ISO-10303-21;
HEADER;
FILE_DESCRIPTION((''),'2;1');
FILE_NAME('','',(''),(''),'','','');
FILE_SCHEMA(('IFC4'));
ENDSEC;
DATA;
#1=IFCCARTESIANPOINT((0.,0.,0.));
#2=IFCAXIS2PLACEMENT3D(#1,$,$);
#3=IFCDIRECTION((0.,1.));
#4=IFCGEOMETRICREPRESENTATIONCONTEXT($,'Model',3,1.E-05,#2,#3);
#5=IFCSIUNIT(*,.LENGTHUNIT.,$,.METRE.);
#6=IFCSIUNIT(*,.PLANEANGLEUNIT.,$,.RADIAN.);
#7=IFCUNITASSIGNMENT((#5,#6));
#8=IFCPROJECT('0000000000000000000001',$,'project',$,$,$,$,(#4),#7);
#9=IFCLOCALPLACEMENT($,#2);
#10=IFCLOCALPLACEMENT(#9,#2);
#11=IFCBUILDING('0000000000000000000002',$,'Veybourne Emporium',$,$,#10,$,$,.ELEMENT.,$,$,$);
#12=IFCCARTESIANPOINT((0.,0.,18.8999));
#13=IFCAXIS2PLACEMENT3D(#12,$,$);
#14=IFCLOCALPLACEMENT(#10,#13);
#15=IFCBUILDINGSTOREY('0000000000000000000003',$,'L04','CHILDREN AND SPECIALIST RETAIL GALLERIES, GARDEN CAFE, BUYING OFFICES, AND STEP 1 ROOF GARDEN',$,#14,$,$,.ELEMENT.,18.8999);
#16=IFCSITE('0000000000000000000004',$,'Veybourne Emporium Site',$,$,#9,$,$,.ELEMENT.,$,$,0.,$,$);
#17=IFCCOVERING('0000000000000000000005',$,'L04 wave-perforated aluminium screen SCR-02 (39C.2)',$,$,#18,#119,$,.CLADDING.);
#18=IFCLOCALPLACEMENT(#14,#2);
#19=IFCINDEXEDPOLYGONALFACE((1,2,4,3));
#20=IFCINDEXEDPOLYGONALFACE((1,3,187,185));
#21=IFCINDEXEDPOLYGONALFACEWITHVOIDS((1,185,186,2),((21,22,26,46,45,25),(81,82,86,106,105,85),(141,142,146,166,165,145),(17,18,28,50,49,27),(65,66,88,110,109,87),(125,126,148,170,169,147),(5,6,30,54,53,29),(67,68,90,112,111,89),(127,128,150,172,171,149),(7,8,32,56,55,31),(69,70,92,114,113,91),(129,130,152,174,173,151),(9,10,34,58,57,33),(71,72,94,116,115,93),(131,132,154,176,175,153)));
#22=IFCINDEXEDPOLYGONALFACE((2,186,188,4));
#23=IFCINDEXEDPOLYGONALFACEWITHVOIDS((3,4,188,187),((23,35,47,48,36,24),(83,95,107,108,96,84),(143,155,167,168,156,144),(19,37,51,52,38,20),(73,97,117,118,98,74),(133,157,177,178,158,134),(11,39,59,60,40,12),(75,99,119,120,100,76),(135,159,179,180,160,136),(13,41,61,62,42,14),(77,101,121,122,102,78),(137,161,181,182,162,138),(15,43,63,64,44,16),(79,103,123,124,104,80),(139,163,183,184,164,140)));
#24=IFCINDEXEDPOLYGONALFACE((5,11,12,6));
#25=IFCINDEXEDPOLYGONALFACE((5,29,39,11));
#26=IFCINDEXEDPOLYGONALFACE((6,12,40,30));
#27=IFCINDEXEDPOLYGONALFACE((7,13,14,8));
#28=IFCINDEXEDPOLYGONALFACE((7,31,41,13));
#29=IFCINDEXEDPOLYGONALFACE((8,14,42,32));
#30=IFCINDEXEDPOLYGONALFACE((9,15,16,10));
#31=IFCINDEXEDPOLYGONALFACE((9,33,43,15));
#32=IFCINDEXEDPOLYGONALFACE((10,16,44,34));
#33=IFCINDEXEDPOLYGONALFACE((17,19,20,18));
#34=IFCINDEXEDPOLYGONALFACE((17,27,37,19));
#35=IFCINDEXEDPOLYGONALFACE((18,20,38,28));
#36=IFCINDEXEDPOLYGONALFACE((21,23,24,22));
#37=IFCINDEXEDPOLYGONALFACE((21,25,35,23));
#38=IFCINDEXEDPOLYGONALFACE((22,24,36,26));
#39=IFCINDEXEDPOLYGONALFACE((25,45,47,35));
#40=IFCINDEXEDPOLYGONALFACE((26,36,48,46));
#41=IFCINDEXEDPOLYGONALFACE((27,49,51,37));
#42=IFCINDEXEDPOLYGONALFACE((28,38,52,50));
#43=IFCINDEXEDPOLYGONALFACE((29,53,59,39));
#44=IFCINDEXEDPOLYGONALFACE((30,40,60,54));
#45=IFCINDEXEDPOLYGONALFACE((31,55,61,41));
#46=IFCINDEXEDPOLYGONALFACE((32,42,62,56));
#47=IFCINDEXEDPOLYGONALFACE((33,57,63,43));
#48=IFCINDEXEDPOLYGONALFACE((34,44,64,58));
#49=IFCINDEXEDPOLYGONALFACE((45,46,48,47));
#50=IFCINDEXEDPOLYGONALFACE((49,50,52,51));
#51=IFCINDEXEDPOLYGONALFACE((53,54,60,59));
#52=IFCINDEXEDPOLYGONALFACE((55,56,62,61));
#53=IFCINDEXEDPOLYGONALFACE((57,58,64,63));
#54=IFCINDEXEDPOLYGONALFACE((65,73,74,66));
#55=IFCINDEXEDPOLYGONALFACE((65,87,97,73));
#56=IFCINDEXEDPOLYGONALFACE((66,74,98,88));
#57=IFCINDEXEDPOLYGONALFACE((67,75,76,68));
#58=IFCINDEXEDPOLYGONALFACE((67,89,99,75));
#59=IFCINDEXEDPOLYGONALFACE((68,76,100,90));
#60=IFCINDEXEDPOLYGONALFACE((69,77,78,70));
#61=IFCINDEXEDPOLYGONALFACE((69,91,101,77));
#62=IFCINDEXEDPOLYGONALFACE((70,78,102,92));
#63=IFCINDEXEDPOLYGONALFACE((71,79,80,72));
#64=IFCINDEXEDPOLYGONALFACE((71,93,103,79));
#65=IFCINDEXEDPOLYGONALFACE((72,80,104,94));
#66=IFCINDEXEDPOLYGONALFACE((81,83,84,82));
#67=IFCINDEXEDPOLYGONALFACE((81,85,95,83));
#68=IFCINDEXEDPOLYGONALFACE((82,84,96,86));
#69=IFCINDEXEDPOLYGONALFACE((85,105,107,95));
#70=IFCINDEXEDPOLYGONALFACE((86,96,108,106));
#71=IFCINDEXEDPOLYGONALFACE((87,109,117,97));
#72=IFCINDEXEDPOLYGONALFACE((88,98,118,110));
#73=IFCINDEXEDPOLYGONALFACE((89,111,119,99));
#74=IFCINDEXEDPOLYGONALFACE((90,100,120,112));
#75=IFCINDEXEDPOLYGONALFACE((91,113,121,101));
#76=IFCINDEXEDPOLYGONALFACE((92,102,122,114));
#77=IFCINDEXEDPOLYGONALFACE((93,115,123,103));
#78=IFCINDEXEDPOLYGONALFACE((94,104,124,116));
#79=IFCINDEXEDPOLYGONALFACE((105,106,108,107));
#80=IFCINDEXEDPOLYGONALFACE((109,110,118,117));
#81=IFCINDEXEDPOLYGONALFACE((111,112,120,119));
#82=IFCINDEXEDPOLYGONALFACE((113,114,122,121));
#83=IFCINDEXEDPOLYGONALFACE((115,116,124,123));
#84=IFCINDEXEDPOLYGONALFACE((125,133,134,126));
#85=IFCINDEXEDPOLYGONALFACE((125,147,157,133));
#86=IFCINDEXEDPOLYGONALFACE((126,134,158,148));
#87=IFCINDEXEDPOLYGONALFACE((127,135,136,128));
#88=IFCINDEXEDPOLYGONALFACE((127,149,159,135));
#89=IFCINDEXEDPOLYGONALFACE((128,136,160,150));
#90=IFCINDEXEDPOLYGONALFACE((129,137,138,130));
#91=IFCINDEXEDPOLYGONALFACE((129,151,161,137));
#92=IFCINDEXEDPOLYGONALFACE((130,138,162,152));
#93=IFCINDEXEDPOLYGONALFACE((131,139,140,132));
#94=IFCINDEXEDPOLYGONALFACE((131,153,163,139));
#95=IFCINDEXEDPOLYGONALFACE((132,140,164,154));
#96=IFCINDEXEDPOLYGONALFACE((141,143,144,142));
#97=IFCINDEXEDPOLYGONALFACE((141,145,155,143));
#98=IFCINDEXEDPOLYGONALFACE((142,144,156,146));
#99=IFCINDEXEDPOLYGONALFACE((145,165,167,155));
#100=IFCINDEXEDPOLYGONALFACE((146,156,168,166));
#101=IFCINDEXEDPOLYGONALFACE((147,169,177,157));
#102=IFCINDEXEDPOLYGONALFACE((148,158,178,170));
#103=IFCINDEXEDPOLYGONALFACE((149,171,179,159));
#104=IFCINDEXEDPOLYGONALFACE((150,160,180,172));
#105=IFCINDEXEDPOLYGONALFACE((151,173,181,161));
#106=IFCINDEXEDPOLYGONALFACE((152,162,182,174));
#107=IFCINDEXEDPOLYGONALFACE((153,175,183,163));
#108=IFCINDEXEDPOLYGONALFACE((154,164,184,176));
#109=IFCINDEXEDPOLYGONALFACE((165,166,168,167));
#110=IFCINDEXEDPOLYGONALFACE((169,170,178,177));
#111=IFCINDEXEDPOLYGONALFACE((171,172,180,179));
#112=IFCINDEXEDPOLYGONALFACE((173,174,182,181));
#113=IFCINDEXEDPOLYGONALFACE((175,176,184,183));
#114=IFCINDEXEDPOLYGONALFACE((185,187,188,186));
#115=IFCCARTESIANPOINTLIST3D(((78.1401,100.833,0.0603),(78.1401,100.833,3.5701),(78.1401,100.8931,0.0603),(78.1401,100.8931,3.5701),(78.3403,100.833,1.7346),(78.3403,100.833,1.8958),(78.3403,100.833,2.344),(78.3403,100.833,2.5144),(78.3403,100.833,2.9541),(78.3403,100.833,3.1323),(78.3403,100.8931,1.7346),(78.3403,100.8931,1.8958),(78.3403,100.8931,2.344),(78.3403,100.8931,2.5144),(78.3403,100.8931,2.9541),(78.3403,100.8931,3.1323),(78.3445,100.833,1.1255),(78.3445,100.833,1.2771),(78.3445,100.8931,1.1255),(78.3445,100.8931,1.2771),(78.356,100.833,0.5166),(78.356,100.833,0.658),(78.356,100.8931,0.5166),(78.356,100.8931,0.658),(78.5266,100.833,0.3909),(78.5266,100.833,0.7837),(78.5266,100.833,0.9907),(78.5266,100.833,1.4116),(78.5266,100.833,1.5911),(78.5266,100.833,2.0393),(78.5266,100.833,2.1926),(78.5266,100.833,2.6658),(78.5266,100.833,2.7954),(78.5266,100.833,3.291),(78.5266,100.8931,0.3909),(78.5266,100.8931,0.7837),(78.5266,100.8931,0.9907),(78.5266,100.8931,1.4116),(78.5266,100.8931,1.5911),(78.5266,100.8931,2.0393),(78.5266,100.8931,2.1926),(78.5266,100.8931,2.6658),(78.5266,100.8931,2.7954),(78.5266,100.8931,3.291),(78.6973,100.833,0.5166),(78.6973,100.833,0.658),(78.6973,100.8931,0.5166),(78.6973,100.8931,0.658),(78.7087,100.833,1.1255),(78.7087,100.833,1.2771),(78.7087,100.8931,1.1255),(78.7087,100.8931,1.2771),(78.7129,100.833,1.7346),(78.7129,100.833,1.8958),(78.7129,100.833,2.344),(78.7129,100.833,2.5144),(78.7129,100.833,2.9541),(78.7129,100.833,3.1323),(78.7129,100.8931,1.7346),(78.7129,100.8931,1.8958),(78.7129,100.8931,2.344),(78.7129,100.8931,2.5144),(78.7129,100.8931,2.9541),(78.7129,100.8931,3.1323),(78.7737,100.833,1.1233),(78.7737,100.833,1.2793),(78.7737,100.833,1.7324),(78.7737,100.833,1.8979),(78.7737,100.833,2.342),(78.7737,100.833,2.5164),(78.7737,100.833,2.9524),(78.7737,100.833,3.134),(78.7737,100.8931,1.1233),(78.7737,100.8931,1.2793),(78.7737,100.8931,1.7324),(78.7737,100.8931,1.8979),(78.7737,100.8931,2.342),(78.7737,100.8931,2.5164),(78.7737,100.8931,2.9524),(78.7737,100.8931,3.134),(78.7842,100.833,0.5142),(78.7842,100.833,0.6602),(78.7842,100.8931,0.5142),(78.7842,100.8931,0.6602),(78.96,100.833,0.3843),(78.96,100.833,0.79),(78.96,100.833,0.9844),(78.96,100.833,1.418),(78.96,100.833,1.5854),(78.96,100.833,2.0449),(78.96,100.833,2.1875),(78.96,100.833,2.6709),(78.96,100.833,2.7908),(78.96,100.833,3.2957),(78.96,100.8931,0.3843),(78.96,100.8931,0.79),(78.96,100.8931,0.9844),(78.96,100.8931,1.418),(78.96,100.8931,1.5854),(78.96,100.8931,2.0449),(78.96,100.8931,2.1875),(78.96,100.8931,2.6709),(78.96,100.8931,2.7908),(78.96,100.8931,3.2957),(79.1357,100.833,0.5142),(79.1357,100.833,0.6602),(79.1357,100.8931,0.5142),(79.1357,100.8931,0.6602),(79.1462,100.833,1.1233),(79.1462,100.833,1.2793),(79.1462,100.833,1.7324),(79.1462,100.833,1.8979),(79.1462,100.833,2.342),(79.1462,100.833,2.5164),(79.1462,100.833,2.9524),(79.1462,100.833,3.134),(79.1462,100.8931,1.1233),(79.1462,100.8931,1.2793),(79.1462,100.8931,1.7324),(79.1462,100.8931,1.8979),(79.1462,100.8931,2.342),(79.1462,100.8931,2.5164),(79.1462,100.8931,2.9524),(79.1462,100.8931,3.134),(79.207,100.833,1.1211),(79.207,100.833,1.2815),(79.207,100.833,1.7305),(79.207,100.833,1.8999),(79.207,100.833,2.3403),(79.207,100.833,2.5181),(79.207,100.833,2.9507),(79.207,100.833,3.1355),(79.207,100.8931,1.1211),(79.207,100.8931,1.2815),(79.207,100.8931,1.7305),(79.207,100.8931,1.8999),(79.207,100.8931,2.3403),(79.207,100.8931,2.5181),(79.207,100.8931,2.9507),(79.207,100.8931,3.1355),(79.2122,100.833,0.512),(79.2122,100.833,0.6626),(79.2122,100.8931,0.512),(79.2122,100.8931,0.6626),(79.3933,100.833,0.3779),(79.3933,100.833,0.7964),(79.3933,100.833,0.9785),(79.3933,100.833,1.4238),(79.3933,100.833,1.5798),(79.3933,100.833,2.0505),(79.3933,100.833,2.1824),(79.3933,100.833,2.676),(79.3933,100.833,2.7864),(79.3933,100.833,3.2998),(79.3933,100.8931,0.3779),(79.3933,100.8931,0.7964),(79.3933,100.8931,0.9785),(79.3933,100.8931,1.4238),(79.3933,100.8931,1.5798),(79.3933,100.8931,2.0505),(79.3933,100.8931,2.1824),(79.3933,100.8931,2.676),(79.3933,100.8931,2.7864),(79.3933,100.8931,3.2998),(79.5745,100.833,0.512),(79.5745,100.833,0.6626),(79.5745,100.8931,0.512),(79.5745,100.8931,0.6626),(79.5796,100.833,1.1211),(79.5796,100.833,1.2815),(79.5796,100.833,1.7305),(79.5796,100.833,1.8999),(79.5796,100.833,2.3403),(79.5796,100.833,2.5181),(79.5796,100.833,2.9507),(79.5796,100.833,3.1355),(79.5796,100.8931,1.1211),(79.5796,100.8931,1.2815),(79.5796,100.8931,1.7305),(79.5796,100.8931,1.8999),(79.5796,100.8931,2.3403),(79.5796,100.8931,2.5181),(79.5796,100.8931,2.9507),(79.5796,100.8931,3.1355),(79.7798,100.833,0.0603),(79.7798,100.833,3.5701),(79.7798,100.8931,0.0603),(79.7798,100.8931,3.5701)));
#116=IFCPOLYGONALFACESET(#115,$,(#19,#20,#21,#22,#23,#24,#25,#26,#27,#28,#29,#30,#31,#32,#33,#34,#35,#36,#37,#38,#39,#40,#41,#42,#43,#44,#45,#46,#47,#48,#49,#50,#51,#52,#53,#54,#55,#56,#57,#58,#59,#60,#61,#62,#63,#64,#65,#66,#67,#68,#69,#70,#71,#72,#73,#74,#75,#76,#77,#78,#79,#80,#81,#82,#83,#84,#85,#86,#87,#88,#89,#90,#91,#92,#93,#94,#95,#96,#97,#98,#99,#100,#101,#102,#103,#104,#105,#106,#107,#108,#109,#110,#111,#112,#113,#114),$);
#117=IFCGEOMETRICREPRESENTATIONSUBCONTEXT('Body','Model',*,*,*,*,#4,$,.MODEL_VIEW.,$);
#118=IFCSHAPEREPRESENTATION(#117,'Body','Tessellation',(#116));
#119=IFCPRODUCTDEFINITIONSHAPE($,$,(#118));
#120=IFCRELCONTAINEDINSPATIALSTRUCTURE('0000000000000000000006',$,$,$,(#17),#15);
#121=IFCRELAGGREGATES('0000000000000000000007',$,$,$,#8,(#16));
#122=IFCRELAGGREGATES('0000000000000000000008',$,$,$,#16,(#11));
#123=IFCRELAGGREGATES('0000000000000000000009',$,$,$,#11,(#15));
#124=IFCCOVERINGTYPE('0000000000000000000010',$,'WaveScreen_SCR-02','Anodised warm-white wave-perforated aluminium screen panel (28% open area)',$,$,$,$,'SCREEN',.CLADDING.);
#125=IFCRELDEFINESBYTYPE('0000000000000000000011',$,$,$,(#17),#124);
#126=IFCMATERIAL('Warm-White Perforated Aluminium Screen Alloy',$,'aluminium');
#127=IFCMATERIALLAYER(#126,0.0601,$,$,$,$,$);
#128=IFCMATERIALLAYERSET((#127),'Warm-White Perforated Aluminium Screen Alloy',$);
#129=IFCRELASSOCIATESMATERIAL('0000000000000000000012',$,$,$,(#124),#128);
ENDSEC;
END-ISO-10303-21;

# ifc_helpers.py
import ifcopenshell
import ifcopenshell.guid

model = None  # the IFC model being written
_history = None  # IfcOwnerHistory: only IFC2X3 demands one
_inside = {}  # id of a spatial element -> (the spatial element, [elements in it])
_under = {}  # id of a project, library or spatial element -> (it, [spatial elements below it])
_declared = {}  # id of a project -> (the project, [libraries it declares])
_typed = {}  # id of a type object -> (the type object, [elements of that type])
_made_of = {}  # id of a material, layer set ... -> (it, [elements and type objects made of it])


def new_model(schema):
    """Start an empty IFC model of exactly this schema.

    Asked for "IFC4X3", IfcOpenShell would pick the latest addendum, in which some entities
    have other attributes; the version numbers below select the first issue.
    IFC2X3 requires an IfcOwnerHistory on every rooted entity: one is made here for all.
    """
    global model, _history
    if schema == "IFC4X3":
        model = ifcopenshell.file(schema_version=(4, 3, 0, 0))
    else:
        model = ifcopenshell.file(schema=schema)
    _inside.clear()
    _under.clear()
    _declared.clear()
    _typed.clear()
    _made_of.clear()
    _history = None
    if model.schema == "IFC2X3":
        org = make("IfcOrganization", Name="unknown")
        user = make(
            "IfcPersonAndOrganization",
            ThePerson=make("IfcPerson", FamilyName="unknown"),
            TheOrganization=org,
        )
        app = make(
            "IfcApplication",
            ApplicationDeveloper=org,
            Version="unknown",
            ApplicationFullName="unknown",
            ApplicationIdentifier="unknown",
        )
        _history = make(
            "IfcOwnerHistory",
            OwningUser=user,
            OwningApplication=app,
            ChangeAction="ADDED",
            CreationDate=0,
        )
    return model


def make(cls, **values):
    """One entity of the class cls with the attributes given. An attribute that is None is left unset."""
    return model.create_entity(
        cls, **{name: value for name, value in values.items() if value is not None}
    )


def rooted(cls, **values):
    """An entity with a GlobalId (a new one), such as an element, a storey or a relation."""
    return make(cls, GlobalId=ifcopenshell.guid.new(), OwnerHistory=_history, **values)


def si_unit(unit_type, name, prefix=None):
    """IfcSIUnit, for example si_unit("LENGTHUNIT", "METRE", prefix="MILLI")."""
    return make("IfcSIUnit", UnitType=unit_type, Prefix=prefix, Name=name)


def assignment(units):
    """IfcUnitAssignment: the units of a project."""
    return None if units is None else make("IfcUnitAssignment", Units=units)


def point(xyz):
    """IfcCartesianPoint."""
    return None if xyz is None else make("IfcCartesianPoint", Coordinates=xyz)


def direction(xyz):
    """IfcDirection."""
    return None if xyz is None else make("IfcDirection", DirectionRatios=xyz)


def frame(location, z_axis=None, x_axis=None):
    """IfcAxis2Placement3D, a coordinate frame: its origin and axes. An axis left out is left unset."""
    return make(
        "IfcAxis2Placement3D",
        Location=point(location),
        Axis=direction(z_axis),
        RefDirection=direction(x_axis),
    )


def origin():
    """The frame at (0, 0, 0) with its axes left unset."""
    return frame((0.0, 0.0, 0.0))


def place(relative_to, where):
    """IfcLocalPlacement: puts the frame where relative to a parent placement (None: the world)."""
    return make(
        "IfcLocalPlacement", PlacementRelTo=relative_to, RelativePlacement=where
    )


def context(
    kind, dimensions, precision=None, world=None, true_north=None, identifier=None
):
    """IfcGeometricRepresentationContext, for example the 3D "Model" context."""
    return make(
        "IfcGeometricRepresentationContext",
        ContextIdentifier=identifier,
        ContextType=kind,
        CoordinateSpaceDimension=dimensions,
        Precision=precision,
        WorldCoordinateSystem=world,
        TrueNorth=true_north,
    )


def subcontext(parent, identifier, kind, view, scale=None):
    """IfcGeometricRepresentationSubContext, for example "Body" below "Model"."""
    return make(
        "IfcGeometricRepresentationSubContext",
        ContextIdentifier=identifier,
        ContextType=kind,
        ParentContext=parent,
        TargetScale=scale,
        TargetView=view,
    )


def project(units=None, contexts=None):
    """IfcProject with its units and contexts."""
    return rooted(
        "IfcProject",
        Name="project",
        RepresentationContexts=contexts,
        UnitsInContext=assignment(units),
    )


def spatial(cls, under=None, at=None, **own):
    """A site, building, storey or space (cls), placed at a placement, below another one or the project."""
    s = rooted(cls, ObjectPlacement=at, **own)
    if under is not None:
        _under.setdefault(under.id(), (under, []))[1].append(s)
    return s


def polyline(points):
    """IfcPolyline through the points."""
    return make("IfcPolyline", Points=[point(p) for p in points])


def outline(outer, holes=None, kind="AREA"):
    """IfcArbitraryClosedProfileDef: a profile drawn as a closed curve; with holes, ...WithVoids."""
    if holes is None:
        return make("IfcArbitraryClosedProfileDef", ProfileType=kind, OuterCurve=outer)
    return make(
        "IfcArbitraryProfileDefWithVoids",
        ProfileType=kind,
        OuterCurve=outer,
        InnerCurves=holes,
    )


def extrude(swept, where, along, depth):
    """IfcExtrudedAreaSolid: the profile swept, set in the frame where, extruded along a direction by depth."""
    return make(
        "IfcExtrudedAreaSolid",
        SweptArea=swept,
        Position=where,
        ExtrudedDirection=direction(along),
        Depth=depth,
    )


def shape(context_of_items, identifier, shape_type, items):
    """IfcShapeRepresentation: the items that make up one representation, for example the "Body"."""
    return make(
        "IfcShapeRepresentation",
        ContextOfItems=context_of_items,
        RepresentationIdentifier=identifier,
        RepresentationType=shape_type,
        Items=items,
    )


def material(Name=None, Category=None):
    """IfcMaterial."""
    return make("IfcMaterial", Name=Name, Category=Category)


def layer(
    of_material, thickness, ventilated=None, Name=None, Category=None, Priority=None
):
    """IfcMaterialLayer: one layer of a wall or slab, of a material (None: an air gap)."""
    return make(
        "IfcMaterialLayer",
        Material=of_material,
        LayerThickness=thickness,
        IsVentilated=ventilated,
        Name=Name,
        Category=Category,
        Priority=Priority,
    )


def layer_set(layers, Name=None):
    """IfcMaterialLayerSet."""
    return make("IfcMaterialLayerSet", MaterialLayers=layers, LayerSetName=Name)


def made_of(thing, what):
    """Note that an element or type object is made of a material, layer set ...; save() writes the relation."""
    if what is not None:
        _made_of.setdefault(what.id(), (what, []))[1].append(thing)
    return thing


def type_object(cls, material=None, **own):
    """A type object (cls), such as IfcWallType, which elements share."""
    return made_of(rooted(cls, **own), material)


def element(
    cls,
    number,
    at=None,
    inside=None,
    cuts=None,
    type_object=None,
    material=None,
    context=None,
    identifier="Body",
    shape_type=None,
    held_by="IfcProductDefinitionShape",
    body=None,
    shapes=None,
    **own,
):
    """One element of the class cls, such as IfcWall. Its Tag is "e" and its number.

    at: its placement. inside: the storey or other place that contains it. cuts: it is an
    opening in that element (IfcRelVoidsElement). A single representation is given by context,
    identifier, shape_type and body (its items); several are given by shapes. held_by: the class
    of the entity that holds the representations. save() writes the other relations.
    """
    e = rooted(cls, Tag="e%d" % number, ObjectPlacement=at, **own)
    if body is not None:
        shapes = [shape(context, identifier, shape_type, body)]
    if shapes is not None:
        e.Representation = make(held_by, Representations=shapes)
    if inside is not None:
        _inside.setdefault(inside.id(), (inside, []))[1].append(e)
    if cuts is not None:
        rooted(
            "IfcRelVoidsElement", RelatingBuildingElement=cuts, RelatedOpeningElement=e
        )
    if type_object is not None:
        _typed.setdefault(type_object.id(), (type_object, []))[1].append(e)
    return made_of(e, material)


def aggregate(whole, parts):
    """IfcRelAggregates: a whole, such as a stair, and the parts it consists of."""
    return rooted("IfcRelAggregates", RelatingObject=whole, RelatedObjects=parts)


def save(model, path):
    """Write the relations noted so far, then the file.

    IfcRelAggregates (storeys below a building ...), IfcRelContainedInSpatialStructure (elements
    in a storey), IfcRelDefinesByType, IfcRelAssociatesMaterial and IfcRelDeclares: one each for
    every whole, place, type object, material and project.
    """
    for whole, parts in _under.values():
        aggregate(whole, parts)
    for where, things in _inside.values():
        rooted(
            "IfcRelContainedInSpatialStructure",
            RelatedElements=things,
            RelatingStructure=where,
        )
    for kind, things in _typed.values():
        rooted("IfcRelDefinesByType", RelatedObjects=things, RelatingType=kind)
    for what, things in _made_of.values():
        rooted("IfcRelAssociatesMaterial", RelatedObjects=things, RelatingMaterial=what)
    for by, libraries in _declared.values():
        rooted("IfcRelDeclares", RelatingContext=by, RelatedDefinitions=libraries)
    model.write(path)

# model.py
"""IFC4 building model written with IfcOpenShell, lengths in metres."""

from ifc_helpers import new_model, si_unit, direction, frame, origin, place, context, subcontext, project, spatial, polyline, outline, extrude, material, layer, layer_set, type_object, element, save


model = new_model("IFC4")

# Units and contexts
model_context = context("Model", 3, precision=1e-05, world=origin(), true_north=direction((0.0, 1.0)))
body_context = subcontext(model_context, "Body", "Model", "MODEL_VIEW")
ifc_project = project(units=[si_unit("LENGTHUNIT", "METRE"), si_unit("PLANEANGLEUNIT", "RADIAN")], contexts=[model_context])

# Site, building, storey
site_placement = place(None, origin())
site = spatial("IfcSite", under=ifc_project, at=site_placement, Name="Veybourne Emporium Site", CompositionType="ELEMENT", RefElevation=0.0)
building_placement = place(site_placement, origin())
building = spatial("IfcBuilding", under=site, at=building_placement, Name="Veybourne Emporium", CompositionType="ELEMENT")
storey_placement = place(building_placement, frame((0.0, 0.0, 18.8999)))
storey = spatial("IfcBuildingStorey", under=building, at=storey_placement, Name="L04", Description="CHILDREN AND SPECIALIST RETAIL GALLERIES, GARDEN CAFE, BUYING OFFICES, AND STEP 1 ROOF GARDEN", CompositionType="ELEMENT", Elevation=18.8999)

# Covering
ifc_material_1 = material(Name="Warm-White Perforated Aluminium Screen Alloy", Category="aluminium")
ifc_layer_1 = layer(ifc_material_1, 0.0601)
ifc_layer_set_1 = layer_set([ifc_layer_1], Name="Warm-White Perforated Aluminium Screen Alloy")
covering_type_1 = type_object("IfcCoveringType", Name="WaveScreen_SCR-02", Description="Anodised warm-white wave-perforated aluminium screen panel (28% open area)", ElementType="SCREEN", PredefinedType="CLADDING", material=ifc_layer_set_1)
covering_1_placement = place(storey_placement, frame((78.96, 100.8931, 1.8152), z_axis=(0.0, -1.0, 0.0), x_axis=(1.0, 0.0, 0.0)))
element("IfcCovering", 1, at=covering_1_placement, inside=storey, type_object=covering_type_1, Name="L04 wave-perforated aluminium screen SCR-02 (39C.2)", PredefinedType="CLADDING", context=body_context, shape_type="SweptSolid", body=[
    extrude(outline(polyline([(-0.8198, -1.7549), (0.8198, -1.7549), (0.8198, 1.7549), (-0.8198, 1.7549), (-0.8198, -1.7549)]), holes=[polyline([(-0.4333, -1.0315), (-0.2627, -1.1572), (-0.2627, -1.2986), (-0.4333, -1.4243), (-0.604, -1.2986), (-0.604, -1.1572), (-0.4333, -1.0315)]), polyline([(-0.4333, -0.4036), (-0.2512, -0.5381), (-0.2512, -0.6897), (-0.4333, -0.8245), (-0.6155, -0.6897), (-0.6155, -0.5381), (-0.4333, -0.4036)]), polyline([(-0.4333, 0.2241), (-0.2471, 0.0806), (-0.2471, -0.0806), (-0.4333, -0.2241), (-0.6196, -0.0806), (-0.6196, 0.0806), (-0.4333, 0.2241)]), polyline([(-0.4333, 0.8506), (-0.2471, 0.6992), (-0.2471, 0.5288), (-0.4333, 0.3774), (-0.6196, 0.5288), (-0.6196, 0.6992), (-0.4333, 0.8506)]), polyline([(-0.4333, 1.4758), (-0.2471, 1.3171), (-0.2471, 1.1389), (-0.4333, 0.9802), (-0.6196, 1.1389), (-0.6196, 1.3171), (-0.4333, 1.4758)]), polyline([(0.0, -1.0251), (0.1758, -1.155), (0.1758, -1.301), (0.0, -1.4309), (-0.1758, -1.301), (-0.1758, -1.155), (0.0, -1.0251)]), polyline([(0.0, -0.3972), (0.1863, -0.5359), (0.1863, -0.6919), (0.0, -0.8308), (-0.1863, -0.6919), (-0.1863, -0.5359), (0.0, -0.3972)]), polyline([(0.0, 0.2297), (0.1863, 0.0828), (0.1863, -0.0828), (0.0, -0.2297), (-0.1863, -0.0828), (-0.1863, 0.0828), (0.0, 0.2297)]), polyline([(0.0, 0.8557), (0.1863, 0.7012), (0.1863, 0.5269), (0.0, 0.3723), (-0.1863, 0.5269), (-0.1863, 0.7012), (0.0, 0.8557)]), polyline([(0.0, 1.4805), (0.1863, 1.3188), (0.1863, 1.1372), (0.0, 0.9756), (-0.1863, 1.1372), (-0.1863, 1.3188), (0.0, 1.4805)]), polyline([(0.4333, -1.0188), (0.6145, -1.1526), (0.6145, -1.3032), (0.4333, -1.4373), (0.2522, -1.3032), (0.2522, -1.1526), (0.4333, -1.0188)]), polyline([(0.4333, -0.3914), (0.6196, -0.5337), (0.6196, -0.6941), (0.4333, -0.8367), (0.2471, -0.6941), (0.2471, -0.5337), (0.4333, -0.3914)]), polyline([(0.4333, 0.2354), (0.6196, 0.0847), (0.6196, -0.0847), (0.4333, -0.2354), (0.2471, -0.0847), (0.2471, 0.0847), (0.4333, 0.2354)]), polyline([(0.4333, 0.8608), (0.6196, 0.7029), (0.6196, 0.5251), (0.4333, 0.3672), (0.2471, 0.5251), (0.2471, 0.7029), (0.4333, 0.8608)]), polyline([(0.4333, 1.4846), (0.6196, 1.3203), (0.6196, 1.1355), (0.4333, 0.9712), (0.2471, 1.1355), (0.2471, 1.3203), (0.4333, 1.4846)])]), origin(), (0.0, 0.0, 1.0), 0.0601),
])

save(model, "model.ifc")
